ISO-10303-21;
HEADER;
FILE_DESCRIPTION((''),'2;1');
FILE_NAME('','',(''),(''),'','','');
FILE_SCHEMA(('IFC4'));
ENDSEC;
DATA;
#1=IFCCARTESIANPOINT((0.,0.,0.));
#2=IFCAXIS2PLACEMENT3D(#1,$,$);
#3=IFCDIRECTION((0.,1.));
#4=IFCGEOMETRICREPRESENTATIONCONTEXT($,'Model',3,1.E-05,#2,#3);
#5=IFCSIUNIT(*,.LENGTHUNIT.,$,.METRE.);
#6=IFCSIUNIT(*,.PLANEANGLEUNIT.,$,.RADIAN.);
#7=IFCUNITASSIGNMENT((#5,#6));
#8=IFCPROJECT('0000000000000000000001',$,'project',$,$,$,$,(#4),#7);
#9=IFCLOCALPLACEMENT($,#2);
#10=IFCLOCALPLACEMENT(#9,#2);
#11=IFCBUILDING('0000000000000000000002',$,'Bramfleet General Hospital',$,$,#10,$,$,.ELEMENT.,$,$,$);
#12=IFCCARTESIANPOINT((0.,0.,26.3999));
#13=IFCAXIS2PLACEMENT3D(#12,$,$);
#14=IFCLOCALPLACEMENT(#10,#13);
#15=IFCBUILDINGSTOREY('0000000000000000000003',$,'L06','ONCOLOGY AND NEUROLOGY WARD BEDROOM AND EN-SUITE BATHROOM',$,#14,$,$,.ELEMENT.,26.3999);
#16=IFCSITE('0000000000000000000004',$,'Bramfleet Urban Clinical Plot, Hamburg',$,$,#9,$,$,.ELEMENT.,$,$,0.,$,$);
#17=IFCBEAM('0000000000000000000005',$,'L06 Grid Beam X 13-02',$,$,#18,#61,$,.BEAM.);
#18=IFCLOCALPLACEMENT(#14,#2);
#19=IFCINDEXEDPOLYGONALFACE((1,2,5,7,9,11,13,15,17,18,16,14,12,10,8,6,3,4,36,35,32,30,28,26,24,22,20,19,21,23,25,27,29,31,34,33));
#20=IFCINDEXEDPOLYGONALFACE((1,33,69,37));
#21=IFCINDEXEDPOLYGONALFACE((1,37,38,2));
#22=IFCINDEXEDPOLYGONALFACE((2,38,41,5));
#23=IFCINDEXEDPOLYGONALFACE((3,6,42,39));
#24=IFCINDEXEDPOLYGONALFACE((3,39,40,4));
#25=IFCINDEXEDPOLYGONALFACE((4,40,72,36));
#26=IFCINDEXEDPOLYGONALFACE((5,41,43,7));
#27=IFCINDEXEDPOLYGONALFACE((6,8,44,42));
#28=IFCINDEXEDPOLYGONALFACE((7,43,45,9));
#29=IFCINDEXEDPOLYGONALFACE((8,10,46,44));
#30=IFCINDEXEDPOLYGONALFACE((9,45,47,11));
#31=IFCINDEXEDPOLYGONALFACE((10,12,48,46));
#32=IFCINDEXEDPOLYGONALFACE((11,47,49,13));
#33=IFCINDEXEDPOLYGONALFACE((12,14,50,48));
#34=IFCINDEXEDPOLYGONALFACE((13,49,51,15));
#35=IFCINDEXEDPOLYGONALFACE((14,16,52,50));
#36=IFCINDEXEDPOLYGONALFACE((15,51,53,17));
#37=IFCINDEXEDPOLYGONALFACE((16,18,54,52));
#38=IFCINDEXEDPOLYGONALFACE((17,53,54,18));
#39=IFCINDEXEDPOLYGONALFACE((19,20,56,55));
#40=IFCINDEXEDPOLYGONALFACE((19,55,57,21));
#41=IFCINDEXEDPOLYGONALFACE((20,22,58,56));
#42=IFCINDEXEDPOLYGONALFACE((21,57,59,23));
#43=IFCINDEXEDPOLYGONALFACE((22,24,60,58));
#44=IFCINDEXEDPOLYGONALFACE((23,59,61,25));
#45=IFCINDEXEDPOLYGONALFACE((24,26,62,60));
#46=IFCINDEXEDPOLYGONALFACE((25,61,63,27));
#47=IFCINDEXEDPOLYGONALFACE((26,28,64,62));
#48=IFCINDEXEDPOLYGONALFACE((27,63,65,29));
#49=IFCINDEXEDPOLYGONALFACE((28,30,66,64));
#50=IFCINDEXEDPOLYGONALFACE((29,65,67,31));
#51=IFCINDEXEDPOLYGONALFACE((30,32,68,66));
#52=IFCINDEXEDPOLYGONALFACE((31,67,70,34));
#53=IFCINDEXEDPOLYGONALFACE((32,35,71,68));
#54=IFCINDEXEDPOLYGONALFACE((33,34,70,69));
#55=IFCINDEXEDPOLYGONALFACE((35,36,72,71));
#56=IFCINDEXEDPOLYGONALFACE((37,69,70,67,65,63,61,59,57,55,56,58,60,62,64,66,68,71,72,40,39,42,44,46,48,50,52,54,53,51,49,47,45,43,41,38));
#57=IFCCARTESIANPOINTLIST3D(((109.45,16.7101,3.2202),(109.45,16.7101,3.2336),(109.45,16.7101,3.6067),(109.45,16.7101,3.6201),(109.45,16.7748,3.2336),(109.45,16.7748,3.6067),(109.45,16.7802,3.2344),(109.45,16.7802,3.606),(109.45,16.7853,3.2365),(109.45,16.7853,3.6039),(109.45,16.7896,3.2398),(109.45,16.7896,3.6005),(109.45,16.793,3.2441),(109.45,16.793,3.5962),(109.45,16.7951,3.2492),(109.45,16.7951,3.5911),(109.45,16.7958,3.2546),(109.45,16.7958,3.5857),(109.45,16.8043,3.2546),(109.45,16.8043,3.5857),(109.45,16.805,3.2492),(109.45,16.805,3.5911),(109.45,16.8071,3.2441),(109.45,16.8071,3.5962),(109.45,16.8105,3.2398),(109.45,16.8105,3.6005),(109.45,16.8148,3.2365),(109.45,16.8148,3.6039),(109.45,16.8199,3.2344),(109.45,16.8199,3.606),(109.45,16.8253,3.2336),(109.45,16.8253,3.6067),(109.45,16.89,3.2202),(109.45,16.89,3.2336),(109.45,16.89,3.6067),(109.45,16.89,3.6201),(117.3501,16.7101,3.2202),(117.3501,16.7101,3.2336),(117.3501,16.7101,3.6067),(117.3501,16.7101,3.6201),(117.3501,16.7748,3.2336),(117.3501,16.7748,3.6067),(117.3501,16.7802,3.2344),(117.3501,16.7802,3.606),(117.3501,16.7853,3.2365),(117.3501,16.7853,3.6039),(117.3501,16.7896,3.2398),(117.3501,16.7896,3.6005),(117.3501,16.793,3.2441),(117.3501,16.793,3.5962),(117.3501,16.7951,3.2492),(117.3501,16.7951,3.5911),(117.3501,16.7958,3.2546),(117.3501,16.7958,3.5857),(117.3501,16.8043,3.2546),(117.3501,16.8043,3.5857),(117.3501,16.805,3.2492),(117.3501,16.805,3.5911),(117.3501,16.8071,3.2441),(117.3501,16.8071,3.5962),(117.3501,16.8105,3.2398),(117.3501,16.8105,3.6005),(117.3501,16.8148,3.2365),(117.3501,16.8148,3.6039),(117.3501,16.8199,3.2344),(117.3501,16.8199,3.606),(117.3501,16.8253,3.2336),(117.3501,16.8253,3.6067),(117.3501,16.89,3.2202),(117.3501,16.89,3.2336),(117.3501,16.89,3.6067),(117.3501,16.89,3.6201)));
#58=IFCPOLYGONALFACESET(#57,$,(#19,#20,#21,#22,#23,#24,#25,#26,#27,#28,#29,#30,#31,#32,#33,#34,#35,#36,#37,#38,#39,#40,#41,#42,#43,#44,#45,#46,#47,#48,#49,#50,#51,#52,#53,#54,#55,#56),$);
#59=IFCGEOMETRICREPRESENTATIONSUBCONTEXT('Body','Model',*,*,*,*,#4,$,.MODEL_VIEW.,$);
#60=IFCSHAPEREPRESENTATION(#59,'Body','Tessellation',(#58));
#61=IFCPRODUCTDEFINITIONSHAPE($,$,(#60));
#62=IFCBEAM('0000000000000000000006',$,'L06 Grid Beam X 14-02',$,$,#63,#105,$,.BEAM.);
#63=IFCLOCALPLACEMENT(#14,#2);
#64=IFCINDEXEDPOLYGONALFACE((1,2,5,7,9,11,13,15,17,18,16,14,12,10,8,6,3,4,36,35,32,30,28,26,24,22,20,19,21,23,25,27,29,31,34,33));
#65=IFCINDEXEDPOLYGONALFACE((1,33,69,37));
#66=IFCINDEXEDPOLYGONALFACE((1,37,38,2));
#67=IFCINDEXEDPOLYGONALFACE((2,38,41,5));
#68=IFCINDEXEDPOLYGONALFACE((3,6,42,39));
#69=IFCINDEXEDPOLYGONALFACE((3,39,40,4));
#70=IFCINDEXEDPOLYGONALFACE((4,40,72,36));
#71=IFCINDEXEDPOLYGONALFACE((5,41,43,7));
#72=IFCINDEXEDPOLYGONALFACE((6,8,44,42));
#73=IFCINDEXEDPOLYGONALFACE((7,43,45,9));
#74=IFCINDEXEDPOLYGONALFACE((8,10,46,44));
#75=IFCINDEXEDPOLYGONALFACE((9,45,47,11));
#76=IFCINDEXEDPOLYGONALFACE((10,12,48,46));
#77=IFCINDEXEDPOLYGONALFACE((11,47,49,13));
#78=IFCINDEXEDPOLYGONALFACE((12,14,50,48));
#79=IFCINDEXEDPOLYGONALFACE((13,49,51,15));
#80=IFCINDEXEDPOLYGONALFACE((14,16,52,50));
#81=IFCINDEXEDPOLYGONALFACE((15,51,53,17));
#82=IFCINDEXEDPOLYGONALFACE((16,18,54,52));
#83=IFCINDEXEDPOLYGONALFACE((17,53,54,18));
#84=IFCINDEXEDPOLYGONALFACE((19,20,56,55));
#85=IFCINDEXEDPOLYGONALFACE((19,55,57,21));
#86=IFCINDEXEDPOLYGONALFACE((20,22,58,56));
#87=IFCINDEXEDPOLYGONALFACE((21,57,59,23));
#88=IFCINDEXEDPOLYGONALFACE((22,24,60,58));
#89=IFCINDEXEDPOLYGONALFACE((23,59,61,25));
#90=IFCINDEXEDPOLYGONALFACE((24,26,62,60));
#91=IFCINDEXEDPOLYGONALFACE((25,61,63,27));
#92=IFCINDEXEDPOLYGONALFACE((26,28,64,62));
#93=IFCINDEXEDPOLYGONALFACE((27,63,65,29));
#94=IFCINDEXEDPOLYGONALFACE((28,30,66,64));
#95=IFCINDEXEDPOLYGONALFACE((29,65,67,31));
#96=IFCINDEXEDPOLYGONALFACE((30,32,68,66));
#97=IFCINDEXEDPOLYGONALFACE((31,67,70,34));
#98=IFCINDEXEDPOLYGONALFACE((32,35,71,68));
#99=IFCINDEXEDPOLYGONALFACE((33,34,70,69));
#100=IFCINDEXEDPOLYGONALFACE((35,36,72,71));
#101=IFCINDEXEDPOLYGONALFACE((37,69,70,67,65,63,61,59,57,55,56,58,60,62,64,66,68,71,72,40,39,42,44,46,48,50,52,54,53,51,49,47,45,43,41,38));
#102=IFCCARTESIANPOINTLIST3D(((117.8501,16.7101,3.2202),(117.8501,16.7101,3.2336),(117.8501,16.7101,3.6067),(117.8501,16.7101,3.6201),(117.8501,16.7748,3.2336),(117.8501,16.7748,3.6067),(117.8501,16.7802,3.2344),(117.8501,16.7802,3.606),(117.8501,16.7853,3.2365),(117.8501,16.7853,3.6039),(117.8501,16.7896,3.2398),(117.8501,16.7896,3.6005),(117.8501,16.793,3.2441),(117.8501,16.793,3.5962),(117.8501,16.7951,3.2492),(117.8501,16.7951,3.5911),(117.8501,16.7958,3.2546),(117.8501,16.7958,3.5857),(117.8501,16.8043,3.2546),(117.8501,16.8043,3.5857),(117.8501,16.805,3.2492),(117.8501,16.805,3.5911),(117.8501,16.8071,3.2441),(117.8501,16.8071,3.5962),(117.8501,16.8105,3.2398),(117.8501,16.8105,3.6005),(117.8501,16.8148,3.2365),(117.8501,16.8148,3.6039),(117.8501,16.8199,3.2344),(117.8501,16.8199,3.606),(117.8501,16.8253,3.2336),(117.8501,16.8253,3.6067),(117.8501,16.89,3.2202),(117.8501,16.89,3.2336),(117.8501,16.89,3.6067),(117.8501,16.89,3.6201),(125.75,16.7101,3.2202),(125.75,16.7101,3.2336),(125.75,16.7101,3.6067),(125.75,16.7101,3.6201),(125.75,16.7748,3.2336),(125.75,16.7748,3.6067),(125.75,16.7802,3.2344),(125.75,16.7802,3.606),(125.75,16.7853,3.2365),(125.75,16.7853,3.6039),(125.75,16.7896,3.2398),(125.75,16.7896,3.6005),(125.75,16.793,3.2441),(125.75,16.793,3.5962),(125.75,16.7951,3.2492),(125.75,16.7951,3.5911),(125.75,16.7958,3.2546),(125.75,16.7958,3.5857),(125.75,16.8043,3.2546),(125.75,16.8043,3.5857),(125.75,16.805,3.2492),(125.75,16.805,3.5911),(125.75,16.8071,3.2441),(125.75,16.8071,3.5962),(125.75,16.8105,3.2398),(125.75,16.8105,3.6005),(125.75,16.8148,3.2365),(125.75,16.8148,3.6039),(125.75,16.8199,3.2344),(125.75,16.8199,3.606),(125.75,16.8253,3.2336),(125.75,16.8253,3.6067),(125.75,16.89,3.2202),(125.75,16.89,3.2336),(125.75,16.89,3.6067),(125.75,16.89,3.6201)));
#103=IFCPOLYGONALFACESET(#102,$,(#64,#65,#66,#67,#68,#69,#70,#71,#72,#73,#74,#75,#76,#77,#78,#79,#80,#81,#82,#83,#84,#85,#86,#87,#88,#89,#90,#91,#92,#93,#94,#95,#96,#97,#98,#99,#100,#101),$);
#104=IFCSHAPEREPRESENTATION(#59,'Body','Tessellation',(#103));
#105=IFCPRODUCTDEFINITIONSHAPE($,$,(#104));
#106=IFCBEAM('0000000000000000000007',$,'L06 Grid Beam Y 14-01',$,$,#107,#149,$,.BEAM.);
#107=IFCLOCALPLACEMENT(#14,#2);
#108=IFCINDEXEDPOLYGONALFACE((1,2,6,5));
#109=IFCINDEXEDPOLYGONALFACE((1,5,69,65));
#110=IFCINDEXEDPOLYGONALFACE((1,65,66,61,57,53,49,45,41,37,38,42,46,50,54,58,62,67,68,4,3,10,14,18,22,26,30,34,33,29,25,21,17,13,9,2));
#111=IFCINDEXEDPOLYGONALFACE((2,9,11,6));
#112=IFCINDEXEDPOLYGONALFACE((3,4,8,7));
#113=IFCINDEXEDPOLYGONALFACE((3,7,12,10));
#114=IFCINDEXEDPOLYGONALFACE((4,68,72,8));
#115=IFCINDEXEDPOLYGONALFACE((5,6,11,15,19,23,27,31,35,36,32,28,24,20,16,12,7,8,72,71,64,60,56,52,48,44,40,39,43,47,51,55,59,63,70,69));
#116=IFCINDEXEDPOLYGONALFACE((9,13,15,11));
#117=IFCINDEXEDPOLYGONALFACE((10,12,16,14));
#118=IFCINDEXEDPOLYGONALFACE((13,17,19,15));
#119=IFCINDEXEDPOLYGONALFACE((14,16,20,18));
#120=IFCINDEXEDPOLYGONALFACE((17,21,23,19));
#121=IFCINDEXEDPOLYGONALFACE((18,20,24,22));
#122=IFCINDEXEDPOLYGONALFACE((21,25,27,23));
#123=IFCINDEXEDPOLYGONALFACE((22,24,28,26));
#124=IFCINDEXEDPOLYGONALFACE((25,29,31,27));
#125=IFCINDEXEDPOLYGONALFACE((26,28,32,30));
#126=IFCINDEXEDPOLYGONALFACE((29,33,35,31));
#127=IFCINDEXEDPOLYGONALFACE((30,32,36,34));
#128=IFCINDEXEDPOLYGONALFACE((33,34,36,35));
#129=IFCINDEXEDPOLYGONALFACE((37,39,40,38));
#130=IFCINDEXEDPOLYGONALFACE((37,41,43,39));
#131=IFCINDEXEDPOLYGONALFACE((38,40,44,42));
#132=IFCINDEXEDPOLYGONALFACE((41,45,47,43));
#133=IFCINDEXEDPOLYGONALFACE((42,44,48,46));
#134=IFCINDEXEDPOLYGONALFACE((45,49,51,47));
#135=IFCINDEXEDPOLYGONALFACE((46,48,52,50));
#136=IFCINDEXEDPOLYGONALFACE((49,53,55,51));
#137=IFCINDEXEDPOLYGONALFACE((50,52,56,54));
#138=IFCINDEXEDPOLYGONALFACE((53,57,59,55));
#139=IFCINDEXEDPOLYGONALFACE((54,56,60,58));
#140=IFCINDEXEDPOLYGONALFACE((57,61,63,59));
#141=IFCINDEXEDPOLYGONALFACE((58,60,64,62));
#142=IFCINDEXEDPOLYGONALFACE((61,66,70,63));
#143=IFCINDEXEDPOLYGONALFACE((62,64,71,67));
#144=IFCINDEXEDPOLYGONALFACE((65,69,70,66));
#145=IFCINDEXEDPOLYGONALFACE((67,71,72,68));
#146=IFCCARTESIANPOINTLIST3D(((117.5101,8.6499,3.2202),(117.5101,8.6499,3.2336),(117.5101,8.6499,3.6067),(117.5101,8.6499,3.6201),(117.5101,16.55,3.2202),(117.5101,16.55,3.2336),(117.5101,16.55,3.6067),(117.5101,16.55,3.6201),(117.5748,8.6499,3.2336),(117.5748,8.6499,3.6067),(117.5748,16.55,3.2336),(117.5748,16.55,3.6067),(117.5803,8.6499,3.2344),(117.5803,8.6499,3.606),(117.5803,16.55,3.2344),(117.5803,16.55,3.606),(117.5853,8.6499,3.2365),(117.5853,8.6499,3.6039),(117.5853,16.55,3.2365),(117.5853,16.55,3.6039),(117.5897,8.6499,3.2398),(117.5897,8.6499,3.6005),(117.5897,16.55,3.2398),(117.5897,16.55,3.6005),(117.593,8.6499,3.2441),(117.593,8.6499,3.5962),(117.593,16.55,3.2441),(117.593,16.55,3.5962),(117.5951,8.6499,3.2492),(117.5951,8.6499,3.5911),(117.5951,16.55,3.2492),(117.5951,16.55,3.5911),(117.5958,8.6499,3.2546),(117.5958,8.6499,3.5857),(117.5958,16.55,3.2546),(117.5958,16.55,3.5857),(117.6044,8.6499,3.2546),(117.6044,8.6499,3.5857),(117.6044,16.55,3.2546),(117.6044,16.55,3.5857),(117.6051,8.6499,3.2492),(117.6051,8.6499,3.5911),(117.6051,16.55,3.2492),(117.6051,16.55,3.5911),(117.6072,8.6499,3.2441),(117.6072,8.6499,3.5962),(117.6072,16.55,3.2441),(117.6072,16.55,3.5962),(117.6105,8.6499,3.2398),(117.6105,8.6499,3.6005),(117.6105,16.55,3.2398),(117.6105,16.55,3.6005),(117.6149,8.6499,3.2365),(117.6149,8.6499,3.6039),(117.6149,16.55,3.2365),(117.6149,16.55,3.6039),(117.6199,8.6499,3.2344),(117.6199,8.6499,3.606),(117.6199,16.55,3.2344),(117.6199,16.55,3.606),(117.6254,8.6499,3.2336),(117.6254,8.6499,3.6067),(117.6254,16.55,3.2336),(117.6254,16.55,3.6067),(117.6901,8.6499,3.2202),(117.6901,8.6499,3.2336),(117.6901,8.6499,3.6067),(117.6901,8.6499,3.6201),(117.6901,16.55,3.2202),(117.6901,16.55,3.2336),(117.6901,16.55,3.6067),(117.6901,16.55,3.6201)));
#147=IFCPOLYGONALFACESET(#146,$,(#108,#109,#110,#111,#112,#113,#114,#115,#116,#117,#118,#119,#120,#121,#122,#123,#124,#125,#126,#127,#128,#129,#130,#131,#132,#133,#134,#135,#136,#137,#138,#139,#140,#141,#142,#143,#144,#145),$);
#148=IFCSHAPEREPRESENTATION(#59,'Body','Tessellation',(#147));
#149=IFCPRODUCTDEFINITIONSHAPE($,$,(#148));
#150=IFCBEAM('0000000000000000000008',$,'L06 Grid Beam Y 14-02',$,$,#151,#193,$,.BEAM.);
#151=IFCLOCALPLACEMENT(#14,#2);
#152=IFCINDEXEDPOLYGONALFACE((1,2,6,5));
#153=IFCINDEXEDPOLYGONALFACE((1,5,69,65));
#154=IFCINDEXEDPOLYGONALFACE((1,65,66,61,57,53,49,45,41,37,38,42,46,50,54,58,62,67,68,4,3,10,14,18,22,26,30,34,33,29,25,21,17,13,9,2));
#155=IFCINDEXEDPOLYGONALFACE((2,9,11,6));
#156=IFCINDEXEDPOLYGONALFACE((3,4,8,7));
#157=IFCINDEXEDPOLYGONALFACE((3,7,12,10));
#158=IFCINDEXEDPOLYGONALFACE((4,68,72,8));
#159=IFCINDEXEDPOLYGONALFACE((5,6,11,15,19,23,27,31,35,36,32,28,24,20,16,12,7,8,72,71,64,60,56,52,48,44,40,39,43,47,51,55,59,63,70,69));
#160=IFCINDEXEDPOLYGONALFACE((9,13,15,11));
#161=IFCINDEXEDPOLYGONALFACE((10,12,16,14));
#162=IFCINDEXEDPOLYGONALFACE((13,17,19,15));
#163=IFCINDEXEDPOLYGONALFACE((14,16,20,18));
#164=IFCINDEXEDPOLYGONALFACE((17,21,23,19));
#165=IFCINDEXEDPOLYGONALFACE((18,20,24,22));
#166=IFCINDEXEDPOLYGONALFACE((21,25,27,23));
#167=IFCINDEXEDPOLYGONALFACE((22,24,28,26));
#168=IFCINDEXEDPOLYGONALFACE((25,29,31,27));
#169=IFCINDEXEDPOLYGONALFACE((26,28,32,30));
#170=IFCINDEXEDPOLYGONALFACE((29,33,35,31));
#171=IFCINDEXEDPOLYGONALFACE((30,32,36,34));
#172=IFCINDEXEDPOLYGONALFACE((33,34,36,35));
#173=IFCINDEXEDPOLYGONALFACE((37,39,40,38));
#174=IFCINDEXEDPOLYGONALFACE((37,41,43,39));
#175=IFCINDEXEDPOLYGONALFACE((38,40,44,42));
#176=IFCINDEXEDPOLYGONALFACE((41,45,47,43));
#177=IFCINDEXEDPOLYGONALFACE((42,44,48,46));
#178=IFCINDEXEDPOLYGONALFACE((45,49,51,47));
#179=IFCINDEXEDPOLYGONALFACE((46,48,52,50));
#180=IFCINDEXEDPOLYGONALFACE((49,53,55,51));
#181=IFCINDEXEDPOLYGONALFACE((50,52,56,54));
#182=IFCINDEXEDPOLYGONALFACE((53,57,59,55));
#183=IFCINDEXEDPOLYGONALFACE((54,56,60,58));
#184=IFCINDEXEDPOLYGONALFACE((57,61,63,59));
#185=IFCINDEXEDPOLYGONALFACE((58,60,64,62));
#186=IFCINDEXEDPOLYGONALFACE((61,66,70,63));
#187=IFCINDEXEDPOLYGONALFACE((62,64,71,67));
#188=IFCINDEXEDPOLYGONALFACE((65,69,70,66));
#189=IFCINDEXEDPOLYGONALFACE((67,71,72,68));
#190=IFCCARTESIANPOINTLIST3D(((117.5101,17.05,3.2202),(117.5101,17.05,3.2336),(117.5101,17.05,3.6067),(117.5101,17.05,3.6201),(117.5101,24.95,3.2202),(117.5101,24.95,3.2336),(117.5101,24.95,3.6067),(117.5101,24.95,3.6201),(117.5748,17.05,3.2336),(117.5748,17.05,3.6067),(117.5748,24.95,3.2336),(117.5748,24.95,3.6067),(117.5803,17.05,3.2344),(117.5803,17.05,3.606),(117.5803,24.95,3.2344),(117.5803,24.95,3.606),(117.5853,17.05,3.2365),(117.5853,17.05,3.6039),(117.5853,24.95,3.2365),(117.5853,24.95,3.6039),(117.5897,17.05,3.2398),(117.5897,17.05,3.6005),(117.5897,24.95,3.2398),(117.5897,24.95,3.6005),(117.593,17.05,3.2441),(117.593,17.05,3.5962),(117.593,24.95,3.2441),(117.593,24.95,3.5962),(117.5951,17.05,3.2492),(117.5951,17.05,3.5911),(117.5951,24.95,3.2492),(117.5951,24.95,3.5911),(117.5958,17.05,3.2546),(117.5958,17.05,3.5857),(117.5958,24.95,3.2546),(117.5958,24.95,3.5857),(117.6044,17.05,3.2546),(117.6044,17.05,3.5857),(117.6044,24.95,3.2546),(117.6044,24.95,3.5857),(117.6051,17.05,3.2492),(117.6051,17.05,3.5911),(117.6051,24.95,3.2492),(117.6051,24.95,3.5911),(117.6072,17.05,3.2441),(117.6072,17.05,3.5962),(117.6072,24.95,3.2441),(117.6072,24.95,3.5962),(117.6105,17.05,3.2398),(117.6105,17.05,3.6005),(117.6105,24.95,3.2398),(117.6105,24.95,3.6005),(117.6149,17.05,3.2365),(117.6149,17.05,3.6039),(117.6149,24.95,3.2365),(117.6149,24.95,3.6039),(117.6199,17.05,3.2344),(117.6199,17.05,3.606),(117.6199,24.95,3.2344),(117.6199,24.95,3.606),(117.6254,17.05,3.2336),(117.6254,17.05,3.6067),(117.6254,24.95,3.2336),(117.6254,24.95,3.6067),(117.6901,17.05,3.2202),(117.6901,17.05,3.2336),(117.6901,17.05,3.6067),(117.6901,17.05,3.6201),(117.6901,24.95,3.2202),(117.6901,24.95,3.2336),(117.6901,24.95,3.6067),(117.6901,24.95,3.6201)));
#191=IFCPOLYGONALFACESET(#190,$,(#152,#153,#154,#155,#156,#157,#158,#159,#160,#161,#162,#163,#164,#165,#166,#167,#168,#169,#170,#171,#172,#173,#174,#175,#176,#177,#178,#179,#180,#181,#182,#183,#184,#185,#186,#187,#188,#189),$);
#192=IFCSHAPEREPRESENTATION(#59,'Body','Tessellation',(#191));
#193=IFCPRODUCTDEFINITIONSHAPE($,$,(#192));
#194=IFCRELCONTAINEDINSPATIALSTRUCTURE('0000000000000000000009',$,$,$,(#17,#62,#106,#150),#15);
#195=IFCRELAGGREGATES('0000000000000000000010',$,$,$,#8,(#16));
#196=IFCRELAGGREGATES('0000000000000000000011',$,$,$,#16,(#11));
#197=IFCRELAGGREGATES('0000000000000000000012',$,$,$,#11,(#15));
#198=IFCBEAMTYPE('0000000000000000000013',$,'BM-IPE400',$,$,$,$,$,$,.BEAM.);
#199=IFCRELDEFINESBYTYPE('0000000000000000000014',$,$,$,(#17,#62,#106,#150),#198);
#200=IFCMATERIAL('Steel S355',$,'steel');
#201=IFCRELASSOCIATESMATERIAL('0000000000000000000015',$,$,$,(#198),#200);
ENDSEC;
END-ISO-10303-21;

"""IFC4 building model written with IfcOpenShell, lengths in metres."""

from ifc_helpers import new_model, si_unit, direction, frame, origin, origin_2d, place, context, subcontext, project, spatial, i_section, extrude, material, material_profile, profile_set, type_object, element, save


model = new_model("IFC4")

# Units and contexts
model_context = context("Model", 3, precision=1e-05, world=origin(), true_north=direction((0.0, 1.0)))
body_context = subcontext(model_context, "Body", "Model", "MODEL_VIEW")
ifc_project = project(units=[si_unit("LENGTHUNIT", "METRE"), si_unit("PLANEANGLEUNIT", "RADIAN")], contexts=[model_context])

# Site, building, storey
site_placement = place(None, origin())
site = spatial("IfcSite", under=ifc_project, at=site_placement, Name="Bramfleet Urban Clinical Plot, Hamburg", CompositionType="ELEMENT", RefElevation=0.0)
building_placement = place(site_placement, origin())
building = spatial("IfcBuilding", under=site, at=building_placement, Name="Bramfleet General Hospital", CompositionType="ELEMENT")
storey_placement = place(building_placement, frame((0.0, 0.0, 26.3999)))
storey = spatial("IfcBuildingStorey", under=building, at=storey_placement, Name="L06", Description="ONCOLOGY AND NEUROLOGY WARD BEDROOM AND EN-SUITE BATHROOM", CompositionType="ELEMENT", Elevation=26.3999)

# Beams
ifc_material_1 = material(Name="Steel S355", Category="steel")
ifc_material_profile_1 = material_profile(ifc_material_1, i_section(OverallWidth=0.1799, OverallDepth=0.3999, WebThickness=0.0085, FlangeThickness=0.0134, FilletRadius=0.021, at=origin_2d()), Name="IPE 400")
ifc_profile_set_1 = profile_set([ifc_material_profile_1], Name="Steel S355")
beam_type_1 = type_object("IfcBeamType", Name="BM-IPE400", PredefinedType="BEAM", material=ifc_profile_set_1)
beam_1_placement = place(storey_placement, frame((109.45, 16.8, 3.4202), z_axis=(1.0, 0.0, 0.0), x_axis=(0.0, 1.0, 0.0)))
element("IfcBeam", 1, at=beam_1_placement, inside=storey, type_object=beam_type_1, Name="L06 Grid Beam X 13-02", PredefinedType="BEAM", context=body_context, shape_type="SweptSolid", body=[
    extrude(i_section(OverallWidth=0.1799, OverallDepth=0.3999, WebThickness=0.0085, FlangeThickness=0.0134, FilletRadius=0.021, at=origin_2d()), origin(), (0.0, 0.0, 1.0), 7.9001),
])
beam_2_placement = place(storey_placement, frame((117.8501, 16.8, 3.4202), z_axis=(1.0, 0.0, 0.0), x_axis=(0.0, 1.0, 0.0)))
element("IfcBeam", 2, at=beam_2_placement, inside=storey, type_object=beam_type_1, Name="L06 Grid Beam X 14-02", PredefinedType="BEAM", context=body_context, shape_type="SweptSolid", body=[
    extrude(i_section(OverallWidth=0.1799, OverallDepth=0.3999, WebThickness=0.0085, FlangeThickness=0.0134, FilletRadius=0.021, at=origin_2d()), origin(), (0.0, 0.0, 1.0), 7.8999),
])
beam_3_placement = place(storey_placement, frame((117.6001, 8.6499, 3.4202), z_axis=(0.0, 1.0, 0.0), x_axis=(-1.0, 0.0, 0.0)))
element("IfcBeam", 3, at=beam_3_placement, inside=storey, type_object=beam_type_1, Name="L06 Grid Beam Y 14-01", PredefinedType="BEAM", context=body_context, shape_type="SweptSolid", body=[
    extrude(i_section(OverallWidth=0.1799, OverallDepth=0.3999, WebThickness=0.0085, FlangeThickness=0.0134, FilletRadius=0.021, at=origin_2d()), origin(), (0.0, 0.0, 1.0), 7.9001),
])
beam_4_placement = place(storey_placement, frame((117.6001, 17.05, 3.4202), z_axis=(0.0, 1.0, 0.0), x_axis=(-1.0, 0.0, 0.0)))
element("IfcBeam", 4, at=beam_4_placement, inside=storey, type_object=beam_type_1, Name="L06 Grid Beam Y 14-02", PredefinedType="BEAM", context=body_context, shape_type="SweptSolid", body=[
    extrude(i_section(OverallWidth=0.1799, OverallDepth=0.3999, WebThickness=0.0085, FlangeThickness=0.0134, FilletRadius=0.021, at=origin_2d()), origin(), (0.0, 0.0, 1.0), 7.8999),
])

save(model, "model.ifc")
